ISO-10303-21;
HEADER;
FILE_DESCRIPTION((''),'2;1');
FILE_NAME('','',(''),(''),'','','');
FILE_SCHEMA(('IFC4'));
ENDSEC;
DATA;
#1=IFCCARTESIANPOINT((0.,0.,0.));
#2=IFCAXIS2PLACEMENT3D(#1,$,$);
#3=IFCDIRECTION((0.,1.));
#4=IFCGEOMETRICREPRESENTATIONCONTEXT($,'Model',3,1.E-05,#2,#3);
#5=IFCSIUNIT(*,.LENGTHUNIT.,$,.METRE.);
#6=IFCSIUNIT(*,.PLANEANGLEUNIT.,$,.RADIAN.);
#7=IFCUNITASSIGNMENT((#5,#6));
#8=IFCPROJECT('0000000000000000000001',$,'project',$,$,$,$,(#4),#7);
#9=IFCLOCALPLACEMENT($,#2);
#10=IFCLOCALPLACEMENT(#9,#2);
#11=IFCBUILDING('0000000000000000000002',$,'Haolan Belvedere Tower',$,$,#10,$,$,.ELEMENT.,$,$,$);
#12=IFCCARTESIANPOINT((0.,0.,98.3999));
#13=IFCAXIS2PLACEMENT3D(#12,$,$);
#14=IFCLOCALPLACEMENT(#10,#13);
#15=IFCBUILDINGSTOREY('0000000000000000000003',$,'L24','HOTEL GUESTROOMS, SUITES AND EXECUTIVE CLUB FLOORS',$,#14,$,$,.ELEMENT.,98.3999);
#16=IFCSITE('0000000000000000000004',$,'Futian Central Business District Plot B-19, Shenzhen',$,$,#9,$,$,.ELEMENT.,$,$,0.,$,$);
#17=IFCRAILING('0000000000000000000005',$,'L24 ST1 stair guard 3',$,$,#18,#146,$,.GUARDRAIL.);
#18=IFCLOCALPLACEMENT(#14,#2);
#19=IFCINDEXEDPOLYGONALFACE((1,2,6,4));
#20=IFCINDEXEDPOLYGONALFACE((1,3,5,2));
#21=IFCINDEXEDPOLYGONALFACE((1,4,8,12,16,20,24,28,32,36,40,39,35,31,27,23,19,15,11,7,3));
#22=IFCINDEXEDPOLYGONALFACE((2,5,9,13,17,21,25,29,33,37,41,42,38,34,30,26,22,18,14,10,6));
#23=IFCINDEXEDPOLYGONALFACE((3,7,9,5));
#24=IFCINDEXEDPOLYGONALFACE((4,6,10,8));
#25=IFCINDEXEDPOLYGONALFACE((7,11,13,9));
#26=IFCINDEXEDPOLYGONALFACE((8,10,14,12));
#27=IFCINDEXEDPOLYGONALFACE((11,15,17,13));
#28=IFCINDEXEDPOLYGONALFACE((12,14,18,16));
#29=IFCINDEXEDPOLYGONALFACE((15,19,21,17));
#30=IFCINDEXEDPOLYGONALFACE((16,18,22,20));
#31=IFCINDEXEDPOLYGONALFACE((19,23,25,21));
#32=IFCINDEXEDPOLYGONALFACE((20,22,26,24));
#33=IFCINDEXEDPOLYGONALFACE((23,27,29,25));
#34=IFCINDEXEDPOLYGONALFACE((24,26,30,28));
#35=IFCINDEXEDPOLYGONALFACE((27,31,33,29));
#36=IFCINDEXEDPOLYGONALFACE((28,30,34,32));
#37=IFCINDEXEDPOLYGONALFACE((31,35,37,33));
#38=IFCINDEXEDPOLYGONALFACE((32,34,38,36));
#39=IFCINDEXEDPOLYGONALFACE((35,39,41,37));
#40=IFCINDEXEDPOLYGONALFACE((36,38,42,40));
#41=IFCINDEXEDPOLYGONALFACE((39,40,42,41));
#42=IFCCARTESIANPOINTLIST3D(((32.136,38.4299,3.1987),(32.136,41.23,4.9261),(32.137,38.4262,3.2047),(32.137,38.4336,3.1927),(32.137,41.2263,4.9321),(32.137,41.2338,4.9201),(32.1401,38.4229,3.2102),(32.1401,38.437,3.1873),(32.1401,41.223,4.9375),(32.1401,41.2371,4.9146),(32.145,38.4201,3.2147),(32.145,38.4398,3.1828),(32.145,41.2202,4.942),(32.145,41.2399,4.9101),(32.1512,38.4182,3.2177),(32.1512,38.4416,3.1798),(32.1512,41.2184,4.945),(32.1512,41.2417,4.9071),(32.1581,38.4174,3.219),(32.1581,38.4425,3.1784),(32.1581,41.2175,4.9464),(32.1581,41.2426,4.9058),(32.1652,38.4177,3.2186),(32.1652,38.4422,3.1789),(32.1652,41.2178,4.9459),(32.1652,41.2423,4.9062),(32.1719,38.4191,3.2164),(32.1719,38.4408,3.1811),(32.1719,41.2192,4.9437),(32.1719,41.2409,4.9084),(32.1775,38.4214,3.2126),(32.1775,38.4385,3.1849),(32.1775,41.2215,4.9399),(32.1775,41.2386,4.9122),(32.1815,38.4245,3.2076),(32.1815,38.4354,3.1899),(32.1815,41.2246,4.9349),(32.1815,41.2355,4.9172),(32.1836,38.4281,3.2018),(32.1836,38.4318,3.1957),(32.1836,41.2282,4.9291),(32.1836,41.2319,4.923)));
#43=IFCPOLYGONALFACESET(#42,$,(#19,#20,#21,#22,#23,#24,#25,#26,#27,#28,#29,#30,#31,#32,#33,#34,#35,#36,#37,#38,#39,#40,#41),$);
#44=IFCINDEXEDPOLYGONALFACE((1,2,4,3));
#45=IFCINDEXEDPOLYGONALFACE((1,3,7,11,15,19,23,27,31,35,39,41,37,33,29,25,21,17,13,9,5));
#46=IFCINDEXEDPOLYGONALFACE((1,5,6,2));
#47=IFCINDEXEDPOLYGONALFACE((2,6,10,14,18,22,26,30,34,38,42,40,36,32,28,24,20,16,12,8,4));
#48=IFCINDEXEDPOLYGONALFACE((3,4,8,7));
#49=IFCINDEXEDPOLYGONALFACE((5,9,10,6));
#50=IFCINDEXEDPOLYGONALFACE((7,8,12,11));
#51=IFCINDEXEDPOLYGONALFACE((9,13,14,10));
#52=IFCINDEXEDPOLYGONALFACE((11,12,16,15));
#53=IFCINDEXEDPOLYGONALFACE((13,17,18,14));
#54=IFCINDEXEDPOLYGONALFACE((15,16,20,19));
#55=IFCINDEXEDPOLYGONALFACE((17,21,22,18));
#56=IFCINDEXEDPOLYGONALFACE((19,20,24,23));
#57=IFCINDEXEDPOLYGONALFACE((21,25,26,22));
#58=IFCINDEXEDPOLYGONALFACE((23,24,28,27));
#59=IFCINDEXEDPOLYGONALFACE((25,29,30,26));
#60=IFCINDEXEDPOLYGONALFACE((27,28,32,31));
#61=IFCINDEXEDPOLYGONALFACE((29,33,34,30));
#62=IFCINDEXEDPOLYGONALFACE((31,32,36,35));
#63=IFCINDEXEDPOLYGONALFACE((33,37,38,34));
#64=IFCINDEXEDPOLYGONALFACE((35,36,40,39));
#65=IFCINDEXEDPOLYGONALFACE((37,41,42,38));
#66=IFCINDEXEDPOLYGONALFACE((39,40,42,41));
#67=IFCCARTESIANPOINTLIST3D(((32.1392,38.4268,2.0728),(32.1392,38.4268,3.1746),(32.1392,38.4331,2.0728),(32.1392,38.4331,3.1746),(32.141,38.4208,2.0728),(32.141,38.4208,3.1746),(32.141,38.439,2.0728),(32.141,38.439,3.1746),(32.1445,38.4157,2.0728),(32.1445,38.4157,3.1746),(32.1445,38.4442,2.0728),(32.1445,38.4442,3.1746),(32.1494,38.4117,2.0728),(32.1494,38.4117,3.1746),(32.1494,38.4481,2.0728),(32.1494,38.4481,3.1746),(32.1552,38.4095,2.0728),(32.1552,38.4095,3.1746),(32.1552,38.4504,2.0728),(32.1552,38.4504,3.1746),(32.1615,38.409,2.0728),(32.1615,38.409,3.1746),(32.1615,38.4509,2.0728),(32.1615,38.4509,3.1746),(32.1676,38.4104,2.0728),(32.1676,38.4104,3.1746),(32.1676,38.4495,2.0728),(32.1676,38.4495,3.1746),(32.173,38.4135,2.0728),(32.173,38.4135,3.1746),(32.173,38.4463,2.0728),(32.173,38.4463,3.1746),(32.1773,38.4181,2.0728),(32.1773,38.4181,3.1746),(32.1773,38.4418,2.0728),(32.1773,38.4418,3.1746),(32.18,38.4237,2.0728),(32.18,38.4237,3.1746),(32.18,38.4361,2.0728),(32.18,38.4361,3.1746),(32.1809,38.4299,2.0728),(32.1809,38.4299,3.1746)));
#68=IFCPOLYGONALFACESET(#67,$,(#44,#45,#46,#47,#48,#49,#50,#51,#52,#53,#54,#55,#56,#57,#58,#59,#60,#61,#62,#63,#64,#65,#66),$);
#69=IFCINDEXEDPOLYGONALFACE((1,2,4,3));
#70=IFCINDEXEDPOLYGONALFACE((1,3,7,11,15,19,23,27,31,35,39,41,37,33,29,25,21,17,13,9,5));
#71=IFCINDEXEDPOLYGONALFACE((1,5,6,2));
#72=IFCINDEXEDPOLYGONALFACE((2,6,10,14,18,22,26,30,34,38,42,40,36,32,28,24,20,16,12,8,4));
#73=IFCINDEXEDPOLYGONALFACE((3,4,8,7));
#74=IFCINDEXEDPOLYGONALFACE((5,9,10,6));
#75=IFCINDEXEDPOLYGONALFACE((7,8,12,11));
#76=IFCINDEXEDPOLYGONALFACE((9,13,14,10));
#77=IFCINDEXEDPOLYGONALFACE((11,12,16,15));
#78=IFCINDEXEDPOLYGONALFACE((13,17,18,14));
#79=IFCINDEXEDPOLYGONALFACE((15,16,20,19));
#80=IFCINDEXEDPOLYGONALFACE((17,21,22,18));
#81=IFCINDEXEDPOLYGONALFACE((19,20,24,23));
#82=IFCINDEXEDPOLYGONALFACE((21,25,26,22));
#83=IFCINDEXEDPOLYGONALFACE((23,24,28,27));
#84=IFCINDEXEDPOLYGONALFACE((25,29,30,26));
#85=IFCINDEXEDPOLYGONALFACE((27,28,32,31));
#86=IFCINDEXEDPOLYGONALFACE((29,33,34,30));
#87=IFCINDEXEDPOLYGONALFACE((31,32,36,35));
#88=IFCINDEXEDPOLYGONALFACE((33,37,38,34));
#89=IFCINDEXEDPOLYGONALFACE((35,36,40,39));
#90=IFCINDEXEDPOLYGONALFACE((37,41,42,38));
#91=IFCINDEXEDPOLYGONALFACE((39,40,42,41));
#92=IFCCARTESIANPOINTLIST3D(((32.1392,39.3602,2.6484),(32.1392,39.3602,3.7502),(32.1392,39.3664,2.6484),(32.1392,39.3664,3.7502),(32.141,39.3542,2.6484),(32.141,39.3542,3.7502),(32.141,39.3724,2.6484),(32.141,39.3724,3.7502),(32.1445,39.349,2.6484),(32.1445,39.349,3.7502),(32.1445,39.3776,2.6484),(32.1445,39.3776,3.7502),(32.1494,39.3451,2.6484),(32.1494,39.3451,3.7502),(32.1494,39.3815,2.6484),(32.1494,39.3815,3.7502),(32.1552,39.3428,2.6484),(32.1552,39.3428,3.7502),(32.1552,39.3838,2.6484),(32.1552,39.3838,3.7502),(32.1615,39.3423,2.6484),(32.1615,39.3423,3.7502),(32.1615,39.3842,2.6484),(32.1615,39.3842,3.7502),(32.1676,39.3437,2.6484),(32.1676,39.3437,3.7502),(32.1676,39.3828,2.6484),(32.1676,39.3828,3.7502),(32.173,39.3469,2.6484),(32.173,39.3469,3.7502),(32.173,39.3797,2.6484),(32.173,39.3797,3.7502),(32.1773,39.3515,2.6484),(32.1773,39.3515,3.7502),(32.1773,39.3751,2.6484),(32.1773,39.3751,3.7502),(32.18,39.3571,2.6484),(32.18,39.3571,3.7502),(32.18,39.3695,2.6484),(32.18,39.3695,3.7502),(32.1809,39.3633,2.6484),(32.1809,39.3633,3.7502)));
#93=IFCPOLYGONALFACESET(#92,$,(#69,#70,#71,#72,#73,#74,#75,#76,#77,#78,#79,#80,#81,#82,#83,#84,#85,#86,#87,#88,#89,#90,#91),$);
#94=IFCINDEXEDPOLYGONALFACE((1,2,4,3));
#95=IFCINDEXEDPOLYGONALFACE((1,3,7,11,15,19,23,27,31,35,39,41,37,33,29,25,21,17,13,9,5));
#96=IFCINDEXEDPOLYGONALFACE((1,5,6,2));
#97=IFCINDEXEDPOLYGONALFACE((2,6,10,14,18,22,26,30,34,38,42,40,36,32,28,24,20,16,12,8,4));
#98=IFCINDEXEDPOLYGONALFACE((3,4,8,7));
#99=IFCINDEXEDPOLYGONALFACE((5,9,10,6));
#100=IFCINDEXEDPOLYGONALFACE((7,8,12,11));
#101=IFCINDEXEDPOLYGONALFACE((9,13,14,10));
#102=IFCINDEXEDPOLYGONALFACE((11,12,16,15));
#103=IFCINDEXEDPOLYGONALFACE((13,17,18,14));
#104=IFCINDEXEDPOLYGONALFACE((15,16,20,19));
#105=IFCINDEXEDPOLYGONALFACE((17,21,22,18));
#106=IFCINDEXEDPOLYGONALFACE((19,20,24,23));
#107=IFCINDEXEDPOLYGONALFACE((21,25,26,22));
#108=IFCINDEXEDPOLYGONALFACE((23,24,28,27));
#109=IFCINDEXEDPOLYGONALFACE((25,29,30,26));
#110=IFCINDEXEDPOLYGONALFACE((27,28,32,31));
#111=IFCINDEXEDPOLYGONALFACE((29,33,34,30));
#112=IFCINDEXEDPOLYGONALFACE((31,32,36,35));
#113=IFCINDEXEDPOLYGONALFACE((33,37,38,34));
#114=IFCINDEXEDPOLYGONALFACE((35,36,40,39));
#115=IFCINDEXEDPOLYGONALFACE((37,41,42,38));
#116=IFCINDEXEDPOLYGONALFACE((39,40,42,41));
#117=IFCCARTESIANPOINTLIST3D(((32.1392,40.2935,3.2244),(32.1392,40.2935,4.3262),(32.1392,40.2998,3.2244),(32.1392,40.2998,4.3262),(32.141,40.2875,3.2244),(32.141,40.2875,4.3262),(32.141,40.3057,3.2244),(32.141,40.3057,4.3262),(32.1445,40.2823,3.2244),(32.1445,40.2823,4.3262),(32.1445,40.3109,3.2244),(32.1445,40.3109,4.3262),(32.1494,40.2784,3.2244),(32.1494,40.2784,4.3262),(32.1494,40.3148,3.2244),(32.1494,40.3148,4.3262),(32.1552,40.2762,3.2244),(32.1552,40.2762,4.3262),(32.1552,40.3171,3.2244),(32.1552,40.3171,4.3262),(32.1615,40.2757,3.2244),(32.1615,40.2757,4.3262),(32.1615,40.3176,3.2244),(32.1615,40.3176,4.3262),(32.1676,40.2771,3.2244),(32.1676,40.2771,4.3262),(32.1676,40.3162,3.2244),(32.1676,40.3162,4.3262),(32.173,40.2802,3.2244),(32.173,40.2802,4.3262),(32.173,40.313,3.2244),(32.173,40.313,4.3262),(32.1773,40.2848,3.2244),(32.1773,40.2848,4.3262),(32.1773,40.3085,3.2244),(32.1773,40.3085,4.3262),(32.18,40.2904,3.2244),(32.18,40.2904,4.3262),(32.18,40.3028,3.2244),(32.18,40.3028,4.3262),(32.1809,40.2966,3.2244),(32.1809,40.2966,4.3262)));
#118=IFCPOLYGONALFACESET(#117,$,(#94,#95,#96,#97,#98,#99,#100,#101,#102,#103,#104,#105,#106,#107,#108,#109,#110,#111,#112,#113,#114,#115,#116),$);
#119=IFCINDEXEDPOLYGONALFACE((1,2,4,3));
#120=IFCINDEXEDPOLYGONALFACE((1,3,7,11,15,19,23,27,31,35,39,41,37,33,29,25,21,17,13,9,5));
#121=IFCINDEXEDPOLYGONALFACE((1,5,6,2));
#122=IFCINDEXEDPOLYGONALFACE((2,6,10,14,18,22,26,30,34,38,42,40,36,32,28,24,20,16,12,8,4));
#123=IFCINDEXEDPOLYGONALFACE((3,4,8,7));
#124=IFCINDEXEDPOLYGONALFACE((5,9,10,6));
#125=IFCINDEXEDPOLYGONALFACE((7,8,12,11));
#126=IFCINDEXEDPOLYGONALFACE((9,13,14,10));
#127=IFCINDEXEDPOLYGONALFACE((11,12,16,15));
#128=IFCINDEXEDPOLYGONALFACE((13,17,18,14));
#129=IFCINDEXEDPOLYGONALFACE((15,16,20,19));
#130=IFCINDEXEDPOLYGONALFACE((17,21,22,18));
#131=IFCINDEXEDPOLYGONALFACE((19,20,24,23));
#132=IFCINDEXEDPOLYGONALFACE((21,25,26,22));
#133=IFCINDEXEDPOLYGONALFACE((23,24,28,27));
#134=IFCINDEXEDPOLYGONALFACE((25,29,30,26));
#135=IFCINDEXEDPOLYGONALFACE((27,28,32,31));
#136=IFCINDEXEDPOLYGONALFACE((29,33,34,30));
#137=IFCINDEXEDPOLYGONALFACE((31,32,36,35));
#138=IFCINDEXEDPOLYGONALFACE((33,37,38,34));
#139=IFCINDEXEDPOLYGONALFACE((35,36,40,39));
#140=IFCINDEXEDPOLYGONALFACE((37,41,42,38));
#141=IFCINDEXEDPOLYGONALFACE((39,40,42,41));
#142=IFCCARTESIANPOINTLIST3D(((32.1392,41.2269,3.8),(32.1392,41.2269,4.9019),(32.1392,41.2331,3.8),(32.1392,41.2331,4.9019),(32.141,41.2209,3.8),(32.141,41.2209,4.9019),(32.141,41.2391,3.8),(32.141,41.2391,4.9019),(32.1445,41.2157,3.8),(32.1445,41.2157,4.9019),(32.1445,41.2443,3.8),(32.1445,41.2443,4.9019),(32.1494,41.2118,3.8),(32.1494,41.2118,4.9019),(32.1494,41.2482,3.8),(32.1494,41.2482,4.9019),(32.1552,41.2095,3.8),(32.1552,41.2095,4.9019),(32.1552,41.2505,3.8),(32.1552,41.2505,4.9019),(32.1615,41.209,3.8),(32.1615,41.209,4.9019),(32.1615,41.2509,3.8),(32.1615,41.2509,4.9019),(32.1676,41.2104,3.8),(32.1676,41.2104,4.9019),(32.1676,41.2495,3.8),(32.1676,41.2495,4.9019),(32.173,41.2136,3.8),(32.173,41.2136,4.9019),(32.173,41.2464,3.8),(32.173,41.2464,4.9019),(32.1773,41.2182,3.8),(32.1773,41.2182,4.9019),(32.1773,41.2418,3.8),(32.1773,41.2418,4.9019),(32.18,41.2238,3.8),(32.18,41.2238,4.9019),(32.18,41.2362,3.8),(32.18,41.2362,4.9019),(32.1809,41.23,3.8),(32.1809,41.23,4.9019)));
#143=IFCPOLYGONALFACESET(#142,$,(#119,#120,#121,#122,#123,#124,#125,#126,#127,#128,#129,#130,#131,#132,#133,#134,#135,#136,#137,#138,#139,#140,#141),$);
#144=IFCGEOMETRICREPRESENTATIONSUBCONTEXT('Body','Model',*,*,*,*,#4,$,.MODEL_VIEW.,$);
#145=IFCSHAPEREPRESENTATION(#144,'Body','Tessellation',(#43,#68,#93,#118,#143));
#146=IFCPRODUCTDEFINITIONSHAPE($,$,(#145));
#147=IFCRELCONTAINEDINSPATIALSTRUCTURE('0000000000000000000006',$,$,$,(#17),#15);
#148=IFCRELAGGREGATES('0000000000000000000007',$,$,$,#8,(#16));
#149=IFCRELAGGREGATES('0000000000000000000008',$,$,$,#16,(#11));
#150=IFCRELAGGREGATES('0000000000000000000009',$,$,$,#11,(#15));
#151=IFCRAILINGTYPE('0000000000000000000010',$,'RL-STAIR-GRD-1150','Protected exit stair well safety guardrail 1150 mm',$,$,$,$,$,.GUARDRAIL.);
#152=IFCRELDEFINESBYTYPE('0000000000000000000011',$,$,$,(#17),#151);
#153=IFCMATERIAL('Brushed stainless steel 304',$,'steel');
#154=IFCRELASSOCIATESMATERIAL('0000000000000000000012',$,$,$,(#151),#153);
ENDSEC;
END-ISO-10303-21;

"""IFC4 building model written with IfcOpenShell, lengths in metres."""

from ifc_helpers import new_model, si_unit, direction, frame, origin, origin_2d, place, context, subcontext, project, spatial, circle, extrude, material, type_object, element, save


model = new_model("IFC4")

# Units and contexts
model_context = context("Model", 3, precision=1e-05, world=origin(), true_north=direction((0.0, 1.0)))
body_context = subcontext(model_context, "Body", "Model", "MODEL_VIEW")
ifc_project = project(units=[si_unit("LENGTHUNIT", "METRE"), si_unit("PLANEANGLEUNIT", "RADIAN")], contexts=[model_context])

# Site, building, storey
site_placement = place(None, origin())
site = spatial("IfcSite", under=ifc_project, at=site_placement, Name="Futian Central Business District Plot B-19, Shenzhen", CompositionType="ELEMENT", RefElevation=0.0)
building_placement = place(site_placement, origin())
building = spatial("IfcBuilding", under=site, at=building_placement, Name="Haolan Belvedere Tower", CompositionType="ELEMENT")
storey_placement = place(building_placement, frame((0.0, 0.0, 98.3999)))
storey = spatial("IfcBuildingStorey", under=building, at=storey_placement, Name="L24", Description="HOTEL GUESTROOMS, SUITES AND EXECUTIVE CLUB FLOORS", CompositionType="ELEMENT", Elevation=98.3999)

# Railing
ifc_material_1 = material(Name="Brushed stainless steel 304", Category="steel")
railing_type_1 = type_object("IfcRailingType", Name="RL-STAIR-GRD-1150", Description="Protected exit stair well safety guardrail 1150 mm", PredefinedType="GUARDRAIL", material=ifc_material_1)
railing_1_placement = place(storey_placement, frame((32.1599, 38.4299, 2.0728)))
element("IfcRailing", 1, at=railing_1_placement, inside=storey, type_object=railing_type_1, Name="L24 ST1 stair guard 3", PredefinedType="GUARDRAIL", context=body_context, shape_type="SweptSolid", body=[
    extrude(circle(Radius=0.0239, at=origin_2d()), frame((0.0, 0.0, 1.126), z_axis=(0.0, 0.85109, 0.52502), x_axis=(-1.0, 0.0, 0.0)), (0.0, 0.0, 1.0), 3.29),
    extrude(circle(Radius=0.021, at=origin_2d()), origin(), (0.0, 0.0, 1.0), 1.1018),
    extrude(circle(Radius=0.021, at=origin_2d()), frame((0.0, 0.9333, 0.5757)), (0.0, 0.0, 1.0), 1.1018),
    extrude(circle(Radius=0.021, at=origin_2d()), frame((0.0, 1.8667, 1.1516)), (0.0, 0.0, 1.0), 1.1018),
    extrude(circle(Radius=0.021, at=origin_2d()), frame((0.0, 2.8, 1.7273)), (0.0, 0.0, 1.0), 1.1018),
])

save(model, "model.ifc")
